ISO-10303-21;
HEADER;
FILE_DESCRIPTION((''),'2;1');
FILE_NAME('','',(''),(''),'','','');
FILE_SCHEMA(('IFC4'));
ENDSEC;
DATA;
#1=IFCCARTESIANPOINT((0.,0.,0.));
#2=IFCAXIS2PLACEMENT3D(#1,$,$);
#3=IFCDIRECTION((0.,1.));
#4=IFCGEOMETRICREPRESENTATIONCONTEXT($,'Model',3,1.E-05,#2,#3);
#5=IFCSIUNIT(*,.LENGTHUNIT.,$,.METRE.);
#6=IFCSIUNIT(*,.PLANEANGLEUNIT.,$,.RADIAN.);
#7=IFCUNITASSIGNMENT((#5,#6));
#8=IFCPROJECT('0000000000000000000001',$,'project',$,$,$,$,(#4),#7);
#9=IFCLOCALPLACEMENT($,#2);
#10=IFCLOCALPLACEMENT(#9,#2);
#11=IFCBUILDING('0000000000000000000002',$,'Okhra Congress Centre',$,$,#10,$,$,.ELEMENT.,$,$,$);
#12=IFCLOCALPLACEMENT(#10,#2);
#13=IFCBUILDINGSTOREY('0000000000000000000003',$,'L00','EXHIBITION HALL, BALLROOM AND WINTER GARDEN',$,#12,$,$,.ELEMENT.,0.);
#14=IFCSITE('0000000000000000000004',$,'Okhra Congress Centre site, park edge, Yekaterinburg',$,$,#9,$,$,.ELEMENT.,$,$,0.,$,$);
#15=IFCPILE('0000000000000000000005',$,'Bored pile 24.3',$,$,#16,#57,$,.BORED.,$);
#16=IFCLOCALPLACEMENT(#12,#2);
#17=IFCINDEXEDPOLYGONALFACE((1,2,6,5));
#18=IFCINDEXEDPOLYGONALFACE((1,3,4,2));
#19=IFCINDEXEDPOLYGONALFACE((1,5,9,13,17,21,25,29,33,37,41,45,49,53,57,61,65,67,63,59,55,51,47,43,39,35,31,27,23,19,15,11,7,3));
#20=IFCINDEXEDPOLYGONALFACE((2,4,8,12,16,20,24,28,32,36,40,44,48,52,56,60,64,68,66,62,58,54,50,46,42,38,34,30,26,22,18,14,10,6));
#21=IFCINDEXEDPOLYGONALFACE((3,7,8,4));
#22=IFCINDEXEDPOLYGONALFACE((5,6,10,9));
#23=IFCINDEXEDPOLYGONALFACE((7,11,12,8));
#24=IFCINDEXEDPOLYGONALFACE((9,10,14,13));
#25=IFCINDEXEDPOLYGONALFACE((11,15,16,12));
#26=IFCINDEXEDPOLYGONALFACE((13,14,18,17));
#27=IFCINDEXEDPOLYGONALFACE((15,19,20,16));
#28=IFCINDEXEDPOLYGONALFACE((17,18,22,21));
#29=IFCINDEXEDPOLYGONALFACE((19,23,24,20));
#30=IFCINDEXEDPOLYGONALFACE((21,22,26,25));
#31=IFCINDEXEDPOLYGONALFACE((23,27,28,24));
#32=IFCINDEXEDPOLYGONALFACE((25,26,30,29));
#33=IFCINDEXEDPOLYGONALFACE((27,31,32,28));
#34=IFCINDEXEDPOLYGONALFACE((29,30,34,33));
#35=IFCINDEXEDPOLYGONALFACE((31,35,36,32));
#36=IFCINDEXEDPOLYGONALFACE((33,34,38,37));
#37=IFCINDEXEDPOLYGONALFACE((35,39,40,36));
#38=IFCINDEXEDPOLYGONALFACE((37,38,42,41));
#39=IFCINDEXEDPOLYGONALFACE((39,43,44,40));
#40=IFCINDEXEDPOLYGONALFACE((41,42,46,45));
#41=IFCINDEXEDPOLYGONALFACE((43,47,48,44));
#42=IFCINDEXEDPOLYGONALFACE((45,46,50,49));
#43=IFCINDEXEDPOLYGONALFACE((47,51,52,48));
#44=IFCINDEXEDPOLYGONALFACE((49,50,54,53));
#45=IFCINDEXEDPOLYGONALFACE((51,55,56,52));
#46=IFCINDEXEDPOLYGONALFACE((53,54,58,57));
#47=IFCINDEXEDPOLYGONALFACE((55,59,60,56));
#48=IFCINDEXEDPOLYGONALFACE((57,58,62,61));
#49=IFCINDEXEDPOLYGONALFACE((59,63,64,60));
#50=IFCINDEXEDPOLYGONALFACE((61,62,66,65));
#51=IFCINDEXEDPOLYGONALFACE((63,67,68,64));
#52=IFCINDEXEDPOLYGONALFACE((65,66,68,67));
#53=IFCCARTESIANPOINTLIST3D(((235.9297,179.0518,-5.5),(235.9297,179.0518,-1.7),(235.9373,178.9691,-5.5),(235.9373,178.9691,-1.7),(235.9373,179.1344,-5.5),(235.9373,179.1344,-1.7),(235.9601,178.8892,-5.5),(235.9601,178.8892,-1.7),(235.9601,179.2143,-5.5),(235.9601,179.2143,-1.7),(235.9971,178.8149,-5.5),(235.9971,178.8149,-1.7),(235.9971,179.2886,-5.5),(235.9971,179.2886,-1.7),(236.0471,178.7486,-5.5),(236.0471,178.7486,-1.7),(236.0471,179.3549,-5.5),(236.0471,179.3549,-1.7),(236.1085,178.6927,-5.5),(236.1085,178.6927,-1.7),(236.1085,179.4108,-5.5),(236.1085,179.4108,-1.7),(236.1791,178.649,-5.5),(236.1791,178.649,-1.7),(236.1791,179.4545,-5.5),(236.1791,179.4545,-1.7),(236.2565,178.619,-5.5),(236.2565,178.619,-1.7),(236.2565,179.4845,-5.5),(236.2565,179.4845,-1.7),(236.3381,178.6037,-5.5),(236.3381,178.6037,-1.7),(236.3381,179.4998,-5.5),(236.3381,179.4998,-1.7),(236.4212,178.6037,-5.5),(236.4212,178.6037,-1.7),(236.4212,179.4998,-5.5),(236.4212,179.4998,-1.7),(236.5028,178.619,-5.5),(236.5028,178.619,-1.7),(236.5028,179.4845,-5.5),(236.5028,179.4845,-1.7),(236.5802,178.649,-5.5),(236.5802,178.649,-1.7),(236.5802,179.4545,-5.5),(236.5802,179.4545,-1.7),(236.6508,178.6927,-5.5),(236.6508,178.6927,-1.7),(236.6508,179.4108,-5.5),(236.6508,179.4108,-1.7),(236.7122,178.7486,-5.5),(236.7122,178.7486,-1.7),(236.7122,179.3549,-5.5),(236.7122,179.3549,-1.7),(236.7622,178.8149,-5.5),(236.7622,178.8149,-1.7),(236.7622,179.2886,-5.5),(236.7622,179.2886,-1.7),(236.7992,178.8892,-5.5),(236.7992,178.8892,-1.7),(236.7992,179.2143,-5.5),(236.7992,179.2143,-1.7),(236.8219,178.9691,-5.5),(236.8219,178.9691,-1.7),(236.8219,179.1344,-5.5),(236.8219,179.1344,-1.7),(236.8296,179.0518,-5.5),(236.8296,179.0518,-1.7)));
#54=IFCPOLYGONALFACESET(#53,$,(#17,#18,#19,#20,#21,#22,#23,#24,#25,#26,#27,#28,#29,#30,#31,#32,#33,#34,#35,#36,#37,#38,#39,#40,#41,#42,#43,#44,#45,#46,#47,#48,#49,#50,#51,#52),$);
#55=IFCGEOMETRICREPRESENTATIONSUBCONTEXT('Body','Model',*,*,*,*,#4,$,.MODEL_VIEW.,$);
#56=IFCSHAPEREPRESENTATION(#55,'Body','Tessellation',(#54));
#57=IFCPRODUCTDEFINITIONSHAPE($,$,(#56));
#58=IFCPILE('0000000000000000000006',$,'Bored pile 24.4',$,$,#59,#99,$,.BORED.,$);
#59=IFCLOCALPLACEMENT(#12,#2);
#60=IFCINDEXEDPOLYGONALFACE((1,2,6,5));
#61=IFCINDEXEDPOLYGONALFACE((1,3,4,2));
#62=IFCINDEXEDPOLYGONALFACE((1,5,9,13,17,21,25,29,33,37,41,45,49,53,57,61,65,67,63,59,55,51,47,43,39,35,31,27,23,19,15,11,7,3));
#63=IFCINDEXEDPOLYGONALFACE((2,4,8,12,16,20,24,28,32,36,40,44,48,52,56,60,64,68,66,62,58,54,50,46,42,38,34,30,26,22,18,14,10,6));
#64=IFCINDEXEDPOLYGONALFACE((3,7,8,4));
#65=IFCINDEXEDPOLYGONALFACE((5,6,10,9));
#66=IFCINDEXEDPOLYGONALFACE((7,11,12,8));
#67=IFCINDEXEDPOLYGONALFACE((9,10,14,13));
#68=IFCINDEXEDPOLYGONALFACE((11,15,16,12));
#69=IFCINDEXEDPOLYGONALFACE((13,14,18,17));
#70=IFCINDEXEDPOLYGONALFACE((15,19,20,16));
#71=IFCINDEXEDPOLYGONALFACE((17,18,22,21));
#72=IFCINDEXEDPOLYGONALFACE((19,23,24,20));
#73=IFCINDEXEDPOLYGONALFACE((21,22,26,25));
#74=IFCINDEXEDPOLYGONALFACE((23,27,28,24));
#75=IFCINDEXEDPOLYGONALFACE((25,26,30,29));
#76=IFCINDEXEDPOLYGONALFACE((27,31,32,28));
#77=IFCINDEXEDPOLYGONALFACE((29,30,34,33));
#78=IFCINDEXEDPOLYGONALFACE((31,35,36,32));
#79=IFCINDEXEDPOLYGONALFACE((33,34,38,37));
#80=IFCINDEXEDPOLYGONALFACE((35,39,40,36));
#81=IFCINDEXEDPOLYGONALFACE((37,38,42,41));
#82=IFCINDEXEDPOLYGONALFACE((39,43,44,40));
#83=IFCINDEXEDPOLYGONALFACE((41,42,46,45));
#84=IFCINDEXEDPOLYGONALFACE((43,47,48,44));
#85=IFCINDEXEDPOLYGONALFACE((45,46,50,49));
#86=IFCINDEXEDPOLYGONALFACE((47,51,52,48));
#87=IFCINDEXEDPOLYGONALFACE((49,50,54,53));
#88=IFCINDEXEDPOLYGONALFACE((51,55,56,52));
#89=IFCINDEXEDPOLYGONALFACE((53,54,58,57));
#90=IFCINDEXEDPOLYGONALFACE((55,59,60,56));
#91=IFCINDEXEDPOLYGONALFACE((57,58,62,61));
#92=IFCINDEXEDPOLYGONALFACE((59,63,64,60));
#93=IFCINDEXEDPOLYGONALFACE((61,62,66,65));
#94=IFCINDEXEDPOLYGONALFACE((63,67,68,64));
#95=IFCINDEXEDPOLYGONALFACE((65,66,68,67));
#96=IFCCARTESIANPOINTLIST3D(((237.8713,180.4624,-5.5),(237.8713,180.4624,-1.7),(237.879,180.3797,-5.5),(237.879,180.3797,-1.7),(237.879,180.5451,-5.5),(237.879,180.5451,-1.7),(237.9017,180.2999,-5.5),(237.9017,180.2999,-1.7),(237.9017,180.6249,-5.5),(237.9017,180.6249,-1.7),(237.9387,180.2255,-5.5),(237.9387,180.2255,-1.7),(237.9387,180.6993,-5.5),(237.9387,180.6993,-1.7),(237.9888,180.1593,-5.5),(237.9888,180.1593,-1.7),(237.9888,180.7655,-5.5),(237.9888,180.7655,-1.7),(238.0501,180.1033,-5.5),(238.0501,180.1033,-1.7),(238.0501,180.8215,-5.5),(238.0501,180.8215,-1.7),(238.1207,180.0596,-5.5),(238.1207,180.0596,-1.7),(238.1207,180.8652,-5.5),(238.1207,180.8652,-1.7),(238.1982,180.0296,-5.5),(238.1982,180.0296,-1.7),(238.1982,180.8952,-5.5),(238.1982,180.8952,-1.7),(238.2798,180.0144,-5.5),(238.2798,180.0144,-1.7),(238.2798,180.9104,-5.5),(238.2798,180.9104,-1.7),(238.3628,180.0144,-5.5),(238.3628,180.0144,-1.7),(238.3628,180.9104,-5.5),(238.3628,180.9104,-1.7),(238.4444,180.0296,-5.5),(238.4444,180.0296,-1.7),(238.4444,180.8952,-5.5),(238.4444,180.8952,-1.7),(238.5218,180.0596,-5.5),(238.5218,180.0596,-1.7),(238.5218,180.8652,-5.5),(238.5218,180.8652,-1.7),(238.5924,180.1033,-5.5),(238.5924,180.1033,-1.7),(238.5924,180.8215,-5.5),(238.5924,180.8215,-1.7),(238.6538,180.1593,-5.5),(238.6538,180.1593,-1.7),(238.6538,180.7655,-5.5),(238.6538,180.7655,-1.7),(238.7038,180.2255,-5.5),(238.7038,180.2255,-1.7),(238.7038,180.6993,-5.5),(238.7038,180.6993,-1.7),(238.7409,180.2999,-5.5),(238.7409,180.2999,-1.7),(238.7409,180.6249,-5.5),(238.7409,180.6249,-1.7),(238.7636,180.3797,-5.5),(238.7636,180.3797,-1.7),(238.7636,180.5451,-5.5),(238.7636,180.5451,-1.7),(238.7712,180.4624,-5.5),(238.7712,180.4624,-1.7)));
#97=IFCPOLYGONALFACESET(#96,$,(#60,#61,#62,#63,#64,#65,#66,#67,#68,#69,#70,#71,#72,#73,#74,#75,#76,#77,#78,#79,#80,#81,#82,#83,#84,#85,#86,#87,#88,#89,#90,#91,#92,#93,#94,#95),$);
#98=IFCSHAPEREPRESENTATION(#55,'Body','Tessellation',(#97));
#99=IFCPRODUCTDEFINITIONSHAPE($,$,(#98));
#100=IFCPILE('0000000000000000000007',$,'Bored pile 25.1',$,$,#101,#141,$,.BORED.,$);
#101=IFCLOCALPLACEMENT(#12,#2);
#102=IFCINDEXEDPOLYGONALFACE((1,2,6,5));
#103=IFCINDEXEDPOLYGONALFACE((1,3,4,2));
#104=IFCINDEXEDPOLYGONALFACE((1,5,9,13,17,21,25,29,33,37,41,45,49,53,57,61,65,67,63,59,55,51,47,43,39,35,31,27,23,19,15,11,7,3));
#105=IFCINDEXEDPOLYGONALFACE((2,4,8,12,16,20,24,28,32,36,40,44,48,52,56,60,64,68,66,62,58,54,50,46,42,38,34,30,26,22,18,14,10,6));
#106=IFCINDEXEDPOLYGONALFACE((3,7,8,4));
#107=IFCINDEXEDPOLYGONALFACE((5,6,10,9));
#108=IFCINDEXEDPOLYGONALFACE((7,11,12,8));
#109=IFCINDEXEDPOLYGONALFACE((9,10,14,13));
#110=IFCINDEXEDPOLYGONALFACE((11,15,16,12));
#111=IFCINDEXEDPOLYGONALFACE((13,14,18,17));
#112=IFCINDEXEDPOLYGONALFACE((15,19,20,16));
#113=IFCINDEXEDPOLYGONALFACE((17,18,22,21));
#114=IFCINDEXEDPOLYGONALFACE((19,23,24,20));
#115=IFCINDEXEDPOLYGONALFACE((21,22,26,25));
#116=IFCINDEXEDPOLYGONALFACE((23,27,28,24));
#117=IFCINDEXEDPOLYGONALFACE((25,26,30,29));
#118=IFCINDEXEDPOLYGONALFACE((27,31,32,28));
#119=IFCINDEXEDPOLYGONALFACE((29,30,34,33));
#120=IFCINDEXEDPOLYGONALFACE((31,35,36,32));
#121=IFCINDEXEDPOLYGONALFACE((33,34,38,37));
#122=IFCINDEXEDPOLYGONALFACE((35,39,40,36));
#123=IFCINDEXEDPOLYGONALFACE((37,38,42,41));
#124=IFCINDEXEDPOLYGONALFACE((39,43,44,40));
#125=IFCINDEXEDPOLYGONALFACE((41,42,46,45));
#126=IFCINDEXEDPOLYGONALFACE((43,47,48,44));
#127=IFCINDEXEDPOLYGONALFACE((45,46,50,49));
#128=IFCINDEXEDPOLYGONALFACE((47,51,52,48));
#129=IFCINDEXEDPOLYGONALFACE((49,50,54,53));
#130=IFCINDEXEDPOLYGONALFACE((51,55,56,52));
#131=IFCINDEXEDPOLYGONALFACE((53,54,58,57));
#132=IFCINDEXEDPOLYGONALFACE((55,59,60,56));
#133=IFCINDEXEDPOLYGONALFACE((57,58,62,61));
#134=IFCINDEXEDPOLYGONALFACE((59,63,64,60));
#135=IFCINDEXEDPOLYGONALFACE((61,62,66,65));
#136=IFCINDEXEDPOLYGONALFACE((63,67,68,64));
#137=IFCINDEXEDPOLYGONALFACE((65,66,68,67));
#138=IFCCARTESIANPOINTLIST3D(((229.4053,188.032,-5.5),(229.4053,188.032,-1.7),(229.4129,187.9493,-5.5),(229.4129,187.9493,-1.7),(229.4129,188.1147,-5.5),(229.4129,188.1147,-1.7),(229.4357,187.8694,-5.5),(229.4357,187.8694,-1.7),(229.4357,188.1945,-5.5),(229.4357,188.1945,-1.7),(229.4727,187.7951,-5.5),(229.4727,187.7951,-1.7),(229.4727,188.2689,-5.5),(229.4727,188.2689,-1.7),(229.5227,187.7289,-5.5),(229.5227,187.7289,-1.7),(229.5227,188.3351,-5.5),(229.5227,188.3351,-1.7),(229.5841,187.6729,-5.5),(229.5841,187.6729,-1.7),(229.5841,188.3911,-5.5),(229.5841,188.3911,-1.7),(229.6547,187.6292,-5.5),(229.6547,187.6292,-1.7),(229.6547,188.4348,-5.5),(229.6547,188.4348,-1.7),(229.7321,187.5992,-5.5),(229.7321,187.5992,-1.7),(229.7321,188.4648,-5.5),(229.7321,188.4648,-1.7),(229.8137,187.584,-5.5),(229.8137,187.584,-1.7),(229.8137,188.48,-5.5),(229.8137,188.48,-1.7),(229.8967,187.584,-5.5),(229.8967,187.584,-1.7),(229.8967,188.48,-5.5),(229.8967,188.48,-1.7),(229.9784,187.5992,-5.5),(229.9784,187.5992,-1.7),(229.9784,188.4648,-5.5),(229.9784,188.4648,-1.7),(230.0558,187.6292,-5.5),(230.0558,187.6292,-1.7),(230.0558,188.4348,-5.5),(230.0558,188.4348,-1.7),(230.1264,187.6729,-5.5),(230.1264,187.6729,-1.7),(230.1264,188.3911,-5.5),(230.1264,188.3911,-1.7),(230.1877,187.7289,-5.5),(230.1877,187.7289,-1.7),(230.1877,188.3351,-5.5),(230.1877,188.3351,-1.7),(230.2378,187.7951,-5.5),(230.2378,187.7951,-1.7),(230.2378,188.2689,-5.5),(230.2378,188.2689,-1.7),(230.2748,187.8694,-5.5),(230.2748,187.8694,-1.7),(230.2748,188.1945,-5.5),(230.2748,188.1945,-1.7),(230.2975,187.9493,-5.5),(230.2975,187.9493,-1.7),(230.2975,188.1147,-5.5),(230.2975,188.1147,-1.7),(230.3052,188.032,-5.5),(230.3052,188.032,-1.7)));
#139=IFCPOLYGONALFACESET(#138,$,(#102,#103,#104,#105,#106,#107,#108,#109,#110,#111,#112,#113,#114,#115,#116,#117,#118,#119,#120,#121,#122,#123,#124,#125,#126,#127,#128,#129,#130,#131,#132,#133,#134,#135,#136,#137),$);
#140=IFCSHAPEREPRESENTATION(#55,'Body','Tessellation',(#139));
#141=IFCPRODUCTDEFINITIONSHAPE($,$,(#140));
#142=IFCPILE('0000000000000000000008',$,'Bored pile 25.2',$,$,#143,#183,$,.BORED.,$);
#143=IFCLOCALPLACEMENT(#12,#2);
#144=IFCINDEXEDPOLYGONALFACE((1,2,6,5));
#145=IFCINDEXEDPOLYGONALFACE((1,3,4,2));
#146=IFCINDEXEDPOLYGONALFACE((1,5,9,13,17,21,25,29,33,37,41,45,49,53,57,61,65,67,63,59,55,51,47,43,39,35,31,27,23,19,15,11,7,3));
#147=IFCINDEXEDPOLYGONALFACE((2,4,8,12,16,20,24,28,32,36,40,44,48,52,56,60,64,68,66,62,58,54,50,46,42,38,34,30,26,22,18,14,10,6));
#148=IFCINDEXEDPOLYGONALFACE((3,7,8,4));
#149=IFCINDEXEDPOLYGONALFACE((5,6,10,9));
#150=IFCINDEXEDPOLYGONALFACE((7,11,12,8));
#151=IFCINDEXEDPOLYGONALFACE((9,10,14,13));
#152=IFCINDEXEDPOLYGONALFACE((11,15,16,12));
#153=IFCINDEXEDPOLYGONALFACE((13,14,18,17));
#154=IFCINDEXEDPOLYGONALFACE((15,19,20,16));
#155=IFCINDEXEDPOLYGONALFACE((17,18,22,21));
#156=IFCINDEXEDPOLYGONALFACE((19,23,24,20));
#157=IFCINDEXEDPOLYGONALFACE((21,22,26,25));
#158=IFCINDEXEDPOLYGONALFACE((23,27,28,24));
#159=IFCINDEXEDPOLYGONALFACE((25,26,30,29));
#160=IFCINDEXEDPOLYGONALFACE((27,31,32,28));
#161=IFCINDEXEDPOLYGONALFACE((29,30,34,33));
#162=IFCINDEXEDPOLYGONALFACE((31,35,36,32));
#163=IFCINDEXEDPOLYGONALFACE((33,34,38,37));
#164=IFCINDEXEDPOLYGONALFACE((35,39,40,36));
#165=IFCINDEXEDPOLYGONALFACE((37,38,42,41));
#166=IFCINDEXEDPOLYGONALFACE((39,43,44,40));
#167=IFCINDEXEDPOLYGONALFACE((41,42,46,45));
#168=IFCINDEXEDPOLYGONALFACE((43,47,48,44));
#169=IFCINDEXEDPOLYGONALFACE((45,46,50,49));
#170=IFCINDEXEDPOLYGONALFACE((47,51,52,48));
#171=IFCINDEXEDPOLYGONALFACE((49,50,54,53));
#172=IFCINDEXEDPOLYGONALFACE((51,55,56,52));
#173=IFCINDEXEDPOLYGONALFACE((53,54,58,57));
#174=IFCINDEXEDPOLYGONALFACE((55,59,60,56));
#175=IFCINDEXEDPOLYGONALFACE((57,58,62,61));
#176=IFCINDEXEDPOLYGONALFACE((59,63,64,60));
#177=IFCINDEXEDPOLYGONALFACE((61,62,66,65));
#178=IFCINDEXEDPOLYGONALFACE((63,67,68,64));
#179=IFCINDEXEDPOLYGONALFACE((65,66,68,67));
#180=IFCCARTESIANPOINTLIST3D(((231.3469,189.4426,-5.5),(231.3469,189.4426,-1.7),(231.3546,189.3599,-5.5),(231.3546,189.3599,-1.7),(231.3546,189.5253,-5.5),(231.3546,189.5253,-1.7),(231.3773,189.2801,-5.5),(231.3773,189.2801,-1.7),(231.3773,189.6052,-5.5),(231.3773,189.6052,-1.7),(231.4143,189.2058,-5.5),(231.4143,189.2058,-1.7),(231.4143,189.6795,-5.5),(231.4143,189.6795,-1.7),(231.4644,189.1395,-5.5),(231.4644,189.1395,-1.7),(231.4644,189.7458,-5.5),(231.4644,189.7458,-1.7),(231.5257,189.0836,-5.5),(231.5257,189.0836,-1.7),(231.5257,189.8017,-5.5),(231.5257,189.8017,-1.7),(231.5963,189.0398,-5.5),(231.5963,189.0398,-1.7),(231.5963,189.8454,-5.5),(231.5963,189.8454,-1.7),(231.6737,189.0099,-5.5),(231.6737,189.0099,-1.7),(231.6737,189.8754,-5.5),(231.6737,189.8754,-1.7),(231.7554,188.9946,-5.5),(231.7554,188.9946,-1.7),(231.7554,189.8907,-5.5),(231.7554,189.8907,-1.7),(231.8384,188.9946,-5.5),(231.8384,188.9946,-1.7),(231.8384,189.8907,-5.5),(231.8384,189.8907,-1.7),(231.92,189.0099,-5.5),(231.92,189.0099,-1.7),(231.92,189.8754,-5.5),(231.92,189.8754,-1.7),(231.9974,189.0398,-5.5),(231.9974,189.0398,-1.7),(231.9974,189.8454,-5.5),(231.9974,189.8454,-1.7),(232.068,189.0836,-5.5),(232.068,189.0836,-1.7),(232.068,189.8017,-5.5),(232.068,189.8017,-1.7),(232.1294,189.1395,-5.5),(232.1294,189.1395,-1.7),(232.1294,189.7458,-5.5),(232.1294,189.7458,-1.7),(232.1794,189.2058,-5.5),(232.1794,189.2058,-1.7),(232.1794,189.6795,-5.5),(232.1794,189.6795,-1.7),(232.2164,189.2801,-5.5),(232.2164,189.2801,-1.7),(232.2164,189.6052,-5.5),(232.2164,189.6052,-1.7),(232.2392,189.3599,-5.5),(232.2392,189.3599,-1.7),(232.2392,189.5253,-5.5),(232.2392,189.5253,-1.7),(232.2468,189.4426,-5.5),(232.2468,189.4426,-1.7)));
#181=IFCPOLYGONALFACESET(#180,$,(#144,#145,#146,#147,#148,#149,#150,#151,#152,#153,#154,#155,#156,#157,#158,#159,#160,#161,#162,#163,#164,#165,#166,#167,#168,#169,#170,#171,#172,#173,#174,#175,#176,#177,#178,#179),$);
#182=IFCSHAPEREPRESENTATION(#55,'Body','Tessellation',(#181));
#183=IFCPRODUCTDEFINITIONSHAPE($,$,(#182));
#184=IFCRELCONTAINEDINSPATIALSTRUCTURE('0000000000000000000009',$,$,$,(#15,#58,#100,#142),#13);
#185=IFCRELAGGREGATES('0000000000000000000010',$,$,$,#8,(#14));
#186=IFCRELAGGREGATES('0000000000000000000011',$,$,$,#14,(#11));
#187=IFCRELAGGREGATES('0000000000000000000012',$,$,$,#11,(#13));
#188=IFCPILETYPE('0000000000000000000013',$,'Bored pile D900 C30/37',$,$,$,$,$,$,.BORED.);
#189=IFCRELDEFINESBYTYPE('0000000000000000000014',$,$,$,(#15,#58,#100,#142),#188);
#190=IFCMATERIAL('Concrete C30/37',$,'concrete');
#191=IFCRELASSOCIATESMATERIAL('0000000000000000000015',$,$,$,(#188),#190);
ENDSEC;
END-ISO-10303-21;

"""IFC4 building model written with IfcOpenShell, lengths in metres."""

from ifc_helpers import new_model, si_unit, direction, frame, origin, origin_2d, place, context, subcontext, project, spatial, circle, extrude, material, material_profile, profile_set, type_object, element, save


model = new_model("IFC4")

# Units and contexts
model_context = context("Model", 3, precision=1e-05, world=origin(), true_north=direction((0.0, 1.0)))
body_context = subcontext(model_context, "Body", "Model", "MODEL_VIEW")
ifc_project = project(units=[si_unit("LENGTHUNIT", "METRE"), si_unit("PLANEANGLEUNIT", "RADIAN")], contexts=[model_context])

# Site, building, storey
site_placement = place(None, origin())
site = spatial("IfcSite", under=ifc_project, at=site_placement, Name="Okhra Congress Centre site, park edge, Yekaterinburg", CompositionType="ELEMENT", RefElevation=0.0)
building_placement = place(site_placement, origin())
building = spatial("IfcBuilding", under=site, at=building_placement, Name="Okhra Congress Centre", CompositionType="ELEMENT")
storey_placement = place(building_placement, origin())
storey = spatial("IfcBuildingStorey", under=building, at=storey_placement, Name="L00", Description="EXHIBITION HALL, BALLROOM AND WINTER GARDEN", CompositionType="ELEMENT", Elevation=0.0)

# Piles
ifc_material_1 = material(Name="Concrete C30/37", Category="concrete")
ifc_material_profile_1 = material_profile(ifc_material_1, circle(Radius=0.45, at=origin_2d()), Name="D900")
ifc_profile_set_1 = profile_set([ifc_material_profile_1], Name="Concrete C30/37")
pile_type = type_object("IfcPileType", Name="Bored pile D900 C30/37", PredefinedType="BORED", material=ifc_profile_set_1)
for number, where, z_axis, x_axis, name in (
    (1, (236.3796, 179.0518, -1.7), (0.0, 0.0, -1.0), (1.0, 0.0, 0.0), "Bored pile 24.3"),
    (2, (238.3213, 180.4624, -1.7), (0.0, 0.0, -1.0), (1.0, 0.0, 0.0), "Bored pile 24.4"),
    (3, (229.8552, 188.032, -1.7), (0.0, 0.0, -1.0), (1.0, 0.0, 0.0), "Bored pile 25.1"),
    (4, (231.7969, 189.4426, -1.7), (0.0, 0.0, -1.0), (1.0, 0.0, 0.0), "Bored pile 25.2"),
):
    element("IfcPile", number, at=place(storey_placement, frame(where, z_axis=z_axis, x_axis=x_axis)), inside=storey, type_object=pile_type, Name=name, PredefinedType="BORED", context=body_context, shape_type="SweptSolid", body=[
        extrude(circle(Radius=0.45, at=origin_2d()), origin(), (0.0, 0.0, 1.0), 3.8),
    ])

save(model, "model.ifc")
